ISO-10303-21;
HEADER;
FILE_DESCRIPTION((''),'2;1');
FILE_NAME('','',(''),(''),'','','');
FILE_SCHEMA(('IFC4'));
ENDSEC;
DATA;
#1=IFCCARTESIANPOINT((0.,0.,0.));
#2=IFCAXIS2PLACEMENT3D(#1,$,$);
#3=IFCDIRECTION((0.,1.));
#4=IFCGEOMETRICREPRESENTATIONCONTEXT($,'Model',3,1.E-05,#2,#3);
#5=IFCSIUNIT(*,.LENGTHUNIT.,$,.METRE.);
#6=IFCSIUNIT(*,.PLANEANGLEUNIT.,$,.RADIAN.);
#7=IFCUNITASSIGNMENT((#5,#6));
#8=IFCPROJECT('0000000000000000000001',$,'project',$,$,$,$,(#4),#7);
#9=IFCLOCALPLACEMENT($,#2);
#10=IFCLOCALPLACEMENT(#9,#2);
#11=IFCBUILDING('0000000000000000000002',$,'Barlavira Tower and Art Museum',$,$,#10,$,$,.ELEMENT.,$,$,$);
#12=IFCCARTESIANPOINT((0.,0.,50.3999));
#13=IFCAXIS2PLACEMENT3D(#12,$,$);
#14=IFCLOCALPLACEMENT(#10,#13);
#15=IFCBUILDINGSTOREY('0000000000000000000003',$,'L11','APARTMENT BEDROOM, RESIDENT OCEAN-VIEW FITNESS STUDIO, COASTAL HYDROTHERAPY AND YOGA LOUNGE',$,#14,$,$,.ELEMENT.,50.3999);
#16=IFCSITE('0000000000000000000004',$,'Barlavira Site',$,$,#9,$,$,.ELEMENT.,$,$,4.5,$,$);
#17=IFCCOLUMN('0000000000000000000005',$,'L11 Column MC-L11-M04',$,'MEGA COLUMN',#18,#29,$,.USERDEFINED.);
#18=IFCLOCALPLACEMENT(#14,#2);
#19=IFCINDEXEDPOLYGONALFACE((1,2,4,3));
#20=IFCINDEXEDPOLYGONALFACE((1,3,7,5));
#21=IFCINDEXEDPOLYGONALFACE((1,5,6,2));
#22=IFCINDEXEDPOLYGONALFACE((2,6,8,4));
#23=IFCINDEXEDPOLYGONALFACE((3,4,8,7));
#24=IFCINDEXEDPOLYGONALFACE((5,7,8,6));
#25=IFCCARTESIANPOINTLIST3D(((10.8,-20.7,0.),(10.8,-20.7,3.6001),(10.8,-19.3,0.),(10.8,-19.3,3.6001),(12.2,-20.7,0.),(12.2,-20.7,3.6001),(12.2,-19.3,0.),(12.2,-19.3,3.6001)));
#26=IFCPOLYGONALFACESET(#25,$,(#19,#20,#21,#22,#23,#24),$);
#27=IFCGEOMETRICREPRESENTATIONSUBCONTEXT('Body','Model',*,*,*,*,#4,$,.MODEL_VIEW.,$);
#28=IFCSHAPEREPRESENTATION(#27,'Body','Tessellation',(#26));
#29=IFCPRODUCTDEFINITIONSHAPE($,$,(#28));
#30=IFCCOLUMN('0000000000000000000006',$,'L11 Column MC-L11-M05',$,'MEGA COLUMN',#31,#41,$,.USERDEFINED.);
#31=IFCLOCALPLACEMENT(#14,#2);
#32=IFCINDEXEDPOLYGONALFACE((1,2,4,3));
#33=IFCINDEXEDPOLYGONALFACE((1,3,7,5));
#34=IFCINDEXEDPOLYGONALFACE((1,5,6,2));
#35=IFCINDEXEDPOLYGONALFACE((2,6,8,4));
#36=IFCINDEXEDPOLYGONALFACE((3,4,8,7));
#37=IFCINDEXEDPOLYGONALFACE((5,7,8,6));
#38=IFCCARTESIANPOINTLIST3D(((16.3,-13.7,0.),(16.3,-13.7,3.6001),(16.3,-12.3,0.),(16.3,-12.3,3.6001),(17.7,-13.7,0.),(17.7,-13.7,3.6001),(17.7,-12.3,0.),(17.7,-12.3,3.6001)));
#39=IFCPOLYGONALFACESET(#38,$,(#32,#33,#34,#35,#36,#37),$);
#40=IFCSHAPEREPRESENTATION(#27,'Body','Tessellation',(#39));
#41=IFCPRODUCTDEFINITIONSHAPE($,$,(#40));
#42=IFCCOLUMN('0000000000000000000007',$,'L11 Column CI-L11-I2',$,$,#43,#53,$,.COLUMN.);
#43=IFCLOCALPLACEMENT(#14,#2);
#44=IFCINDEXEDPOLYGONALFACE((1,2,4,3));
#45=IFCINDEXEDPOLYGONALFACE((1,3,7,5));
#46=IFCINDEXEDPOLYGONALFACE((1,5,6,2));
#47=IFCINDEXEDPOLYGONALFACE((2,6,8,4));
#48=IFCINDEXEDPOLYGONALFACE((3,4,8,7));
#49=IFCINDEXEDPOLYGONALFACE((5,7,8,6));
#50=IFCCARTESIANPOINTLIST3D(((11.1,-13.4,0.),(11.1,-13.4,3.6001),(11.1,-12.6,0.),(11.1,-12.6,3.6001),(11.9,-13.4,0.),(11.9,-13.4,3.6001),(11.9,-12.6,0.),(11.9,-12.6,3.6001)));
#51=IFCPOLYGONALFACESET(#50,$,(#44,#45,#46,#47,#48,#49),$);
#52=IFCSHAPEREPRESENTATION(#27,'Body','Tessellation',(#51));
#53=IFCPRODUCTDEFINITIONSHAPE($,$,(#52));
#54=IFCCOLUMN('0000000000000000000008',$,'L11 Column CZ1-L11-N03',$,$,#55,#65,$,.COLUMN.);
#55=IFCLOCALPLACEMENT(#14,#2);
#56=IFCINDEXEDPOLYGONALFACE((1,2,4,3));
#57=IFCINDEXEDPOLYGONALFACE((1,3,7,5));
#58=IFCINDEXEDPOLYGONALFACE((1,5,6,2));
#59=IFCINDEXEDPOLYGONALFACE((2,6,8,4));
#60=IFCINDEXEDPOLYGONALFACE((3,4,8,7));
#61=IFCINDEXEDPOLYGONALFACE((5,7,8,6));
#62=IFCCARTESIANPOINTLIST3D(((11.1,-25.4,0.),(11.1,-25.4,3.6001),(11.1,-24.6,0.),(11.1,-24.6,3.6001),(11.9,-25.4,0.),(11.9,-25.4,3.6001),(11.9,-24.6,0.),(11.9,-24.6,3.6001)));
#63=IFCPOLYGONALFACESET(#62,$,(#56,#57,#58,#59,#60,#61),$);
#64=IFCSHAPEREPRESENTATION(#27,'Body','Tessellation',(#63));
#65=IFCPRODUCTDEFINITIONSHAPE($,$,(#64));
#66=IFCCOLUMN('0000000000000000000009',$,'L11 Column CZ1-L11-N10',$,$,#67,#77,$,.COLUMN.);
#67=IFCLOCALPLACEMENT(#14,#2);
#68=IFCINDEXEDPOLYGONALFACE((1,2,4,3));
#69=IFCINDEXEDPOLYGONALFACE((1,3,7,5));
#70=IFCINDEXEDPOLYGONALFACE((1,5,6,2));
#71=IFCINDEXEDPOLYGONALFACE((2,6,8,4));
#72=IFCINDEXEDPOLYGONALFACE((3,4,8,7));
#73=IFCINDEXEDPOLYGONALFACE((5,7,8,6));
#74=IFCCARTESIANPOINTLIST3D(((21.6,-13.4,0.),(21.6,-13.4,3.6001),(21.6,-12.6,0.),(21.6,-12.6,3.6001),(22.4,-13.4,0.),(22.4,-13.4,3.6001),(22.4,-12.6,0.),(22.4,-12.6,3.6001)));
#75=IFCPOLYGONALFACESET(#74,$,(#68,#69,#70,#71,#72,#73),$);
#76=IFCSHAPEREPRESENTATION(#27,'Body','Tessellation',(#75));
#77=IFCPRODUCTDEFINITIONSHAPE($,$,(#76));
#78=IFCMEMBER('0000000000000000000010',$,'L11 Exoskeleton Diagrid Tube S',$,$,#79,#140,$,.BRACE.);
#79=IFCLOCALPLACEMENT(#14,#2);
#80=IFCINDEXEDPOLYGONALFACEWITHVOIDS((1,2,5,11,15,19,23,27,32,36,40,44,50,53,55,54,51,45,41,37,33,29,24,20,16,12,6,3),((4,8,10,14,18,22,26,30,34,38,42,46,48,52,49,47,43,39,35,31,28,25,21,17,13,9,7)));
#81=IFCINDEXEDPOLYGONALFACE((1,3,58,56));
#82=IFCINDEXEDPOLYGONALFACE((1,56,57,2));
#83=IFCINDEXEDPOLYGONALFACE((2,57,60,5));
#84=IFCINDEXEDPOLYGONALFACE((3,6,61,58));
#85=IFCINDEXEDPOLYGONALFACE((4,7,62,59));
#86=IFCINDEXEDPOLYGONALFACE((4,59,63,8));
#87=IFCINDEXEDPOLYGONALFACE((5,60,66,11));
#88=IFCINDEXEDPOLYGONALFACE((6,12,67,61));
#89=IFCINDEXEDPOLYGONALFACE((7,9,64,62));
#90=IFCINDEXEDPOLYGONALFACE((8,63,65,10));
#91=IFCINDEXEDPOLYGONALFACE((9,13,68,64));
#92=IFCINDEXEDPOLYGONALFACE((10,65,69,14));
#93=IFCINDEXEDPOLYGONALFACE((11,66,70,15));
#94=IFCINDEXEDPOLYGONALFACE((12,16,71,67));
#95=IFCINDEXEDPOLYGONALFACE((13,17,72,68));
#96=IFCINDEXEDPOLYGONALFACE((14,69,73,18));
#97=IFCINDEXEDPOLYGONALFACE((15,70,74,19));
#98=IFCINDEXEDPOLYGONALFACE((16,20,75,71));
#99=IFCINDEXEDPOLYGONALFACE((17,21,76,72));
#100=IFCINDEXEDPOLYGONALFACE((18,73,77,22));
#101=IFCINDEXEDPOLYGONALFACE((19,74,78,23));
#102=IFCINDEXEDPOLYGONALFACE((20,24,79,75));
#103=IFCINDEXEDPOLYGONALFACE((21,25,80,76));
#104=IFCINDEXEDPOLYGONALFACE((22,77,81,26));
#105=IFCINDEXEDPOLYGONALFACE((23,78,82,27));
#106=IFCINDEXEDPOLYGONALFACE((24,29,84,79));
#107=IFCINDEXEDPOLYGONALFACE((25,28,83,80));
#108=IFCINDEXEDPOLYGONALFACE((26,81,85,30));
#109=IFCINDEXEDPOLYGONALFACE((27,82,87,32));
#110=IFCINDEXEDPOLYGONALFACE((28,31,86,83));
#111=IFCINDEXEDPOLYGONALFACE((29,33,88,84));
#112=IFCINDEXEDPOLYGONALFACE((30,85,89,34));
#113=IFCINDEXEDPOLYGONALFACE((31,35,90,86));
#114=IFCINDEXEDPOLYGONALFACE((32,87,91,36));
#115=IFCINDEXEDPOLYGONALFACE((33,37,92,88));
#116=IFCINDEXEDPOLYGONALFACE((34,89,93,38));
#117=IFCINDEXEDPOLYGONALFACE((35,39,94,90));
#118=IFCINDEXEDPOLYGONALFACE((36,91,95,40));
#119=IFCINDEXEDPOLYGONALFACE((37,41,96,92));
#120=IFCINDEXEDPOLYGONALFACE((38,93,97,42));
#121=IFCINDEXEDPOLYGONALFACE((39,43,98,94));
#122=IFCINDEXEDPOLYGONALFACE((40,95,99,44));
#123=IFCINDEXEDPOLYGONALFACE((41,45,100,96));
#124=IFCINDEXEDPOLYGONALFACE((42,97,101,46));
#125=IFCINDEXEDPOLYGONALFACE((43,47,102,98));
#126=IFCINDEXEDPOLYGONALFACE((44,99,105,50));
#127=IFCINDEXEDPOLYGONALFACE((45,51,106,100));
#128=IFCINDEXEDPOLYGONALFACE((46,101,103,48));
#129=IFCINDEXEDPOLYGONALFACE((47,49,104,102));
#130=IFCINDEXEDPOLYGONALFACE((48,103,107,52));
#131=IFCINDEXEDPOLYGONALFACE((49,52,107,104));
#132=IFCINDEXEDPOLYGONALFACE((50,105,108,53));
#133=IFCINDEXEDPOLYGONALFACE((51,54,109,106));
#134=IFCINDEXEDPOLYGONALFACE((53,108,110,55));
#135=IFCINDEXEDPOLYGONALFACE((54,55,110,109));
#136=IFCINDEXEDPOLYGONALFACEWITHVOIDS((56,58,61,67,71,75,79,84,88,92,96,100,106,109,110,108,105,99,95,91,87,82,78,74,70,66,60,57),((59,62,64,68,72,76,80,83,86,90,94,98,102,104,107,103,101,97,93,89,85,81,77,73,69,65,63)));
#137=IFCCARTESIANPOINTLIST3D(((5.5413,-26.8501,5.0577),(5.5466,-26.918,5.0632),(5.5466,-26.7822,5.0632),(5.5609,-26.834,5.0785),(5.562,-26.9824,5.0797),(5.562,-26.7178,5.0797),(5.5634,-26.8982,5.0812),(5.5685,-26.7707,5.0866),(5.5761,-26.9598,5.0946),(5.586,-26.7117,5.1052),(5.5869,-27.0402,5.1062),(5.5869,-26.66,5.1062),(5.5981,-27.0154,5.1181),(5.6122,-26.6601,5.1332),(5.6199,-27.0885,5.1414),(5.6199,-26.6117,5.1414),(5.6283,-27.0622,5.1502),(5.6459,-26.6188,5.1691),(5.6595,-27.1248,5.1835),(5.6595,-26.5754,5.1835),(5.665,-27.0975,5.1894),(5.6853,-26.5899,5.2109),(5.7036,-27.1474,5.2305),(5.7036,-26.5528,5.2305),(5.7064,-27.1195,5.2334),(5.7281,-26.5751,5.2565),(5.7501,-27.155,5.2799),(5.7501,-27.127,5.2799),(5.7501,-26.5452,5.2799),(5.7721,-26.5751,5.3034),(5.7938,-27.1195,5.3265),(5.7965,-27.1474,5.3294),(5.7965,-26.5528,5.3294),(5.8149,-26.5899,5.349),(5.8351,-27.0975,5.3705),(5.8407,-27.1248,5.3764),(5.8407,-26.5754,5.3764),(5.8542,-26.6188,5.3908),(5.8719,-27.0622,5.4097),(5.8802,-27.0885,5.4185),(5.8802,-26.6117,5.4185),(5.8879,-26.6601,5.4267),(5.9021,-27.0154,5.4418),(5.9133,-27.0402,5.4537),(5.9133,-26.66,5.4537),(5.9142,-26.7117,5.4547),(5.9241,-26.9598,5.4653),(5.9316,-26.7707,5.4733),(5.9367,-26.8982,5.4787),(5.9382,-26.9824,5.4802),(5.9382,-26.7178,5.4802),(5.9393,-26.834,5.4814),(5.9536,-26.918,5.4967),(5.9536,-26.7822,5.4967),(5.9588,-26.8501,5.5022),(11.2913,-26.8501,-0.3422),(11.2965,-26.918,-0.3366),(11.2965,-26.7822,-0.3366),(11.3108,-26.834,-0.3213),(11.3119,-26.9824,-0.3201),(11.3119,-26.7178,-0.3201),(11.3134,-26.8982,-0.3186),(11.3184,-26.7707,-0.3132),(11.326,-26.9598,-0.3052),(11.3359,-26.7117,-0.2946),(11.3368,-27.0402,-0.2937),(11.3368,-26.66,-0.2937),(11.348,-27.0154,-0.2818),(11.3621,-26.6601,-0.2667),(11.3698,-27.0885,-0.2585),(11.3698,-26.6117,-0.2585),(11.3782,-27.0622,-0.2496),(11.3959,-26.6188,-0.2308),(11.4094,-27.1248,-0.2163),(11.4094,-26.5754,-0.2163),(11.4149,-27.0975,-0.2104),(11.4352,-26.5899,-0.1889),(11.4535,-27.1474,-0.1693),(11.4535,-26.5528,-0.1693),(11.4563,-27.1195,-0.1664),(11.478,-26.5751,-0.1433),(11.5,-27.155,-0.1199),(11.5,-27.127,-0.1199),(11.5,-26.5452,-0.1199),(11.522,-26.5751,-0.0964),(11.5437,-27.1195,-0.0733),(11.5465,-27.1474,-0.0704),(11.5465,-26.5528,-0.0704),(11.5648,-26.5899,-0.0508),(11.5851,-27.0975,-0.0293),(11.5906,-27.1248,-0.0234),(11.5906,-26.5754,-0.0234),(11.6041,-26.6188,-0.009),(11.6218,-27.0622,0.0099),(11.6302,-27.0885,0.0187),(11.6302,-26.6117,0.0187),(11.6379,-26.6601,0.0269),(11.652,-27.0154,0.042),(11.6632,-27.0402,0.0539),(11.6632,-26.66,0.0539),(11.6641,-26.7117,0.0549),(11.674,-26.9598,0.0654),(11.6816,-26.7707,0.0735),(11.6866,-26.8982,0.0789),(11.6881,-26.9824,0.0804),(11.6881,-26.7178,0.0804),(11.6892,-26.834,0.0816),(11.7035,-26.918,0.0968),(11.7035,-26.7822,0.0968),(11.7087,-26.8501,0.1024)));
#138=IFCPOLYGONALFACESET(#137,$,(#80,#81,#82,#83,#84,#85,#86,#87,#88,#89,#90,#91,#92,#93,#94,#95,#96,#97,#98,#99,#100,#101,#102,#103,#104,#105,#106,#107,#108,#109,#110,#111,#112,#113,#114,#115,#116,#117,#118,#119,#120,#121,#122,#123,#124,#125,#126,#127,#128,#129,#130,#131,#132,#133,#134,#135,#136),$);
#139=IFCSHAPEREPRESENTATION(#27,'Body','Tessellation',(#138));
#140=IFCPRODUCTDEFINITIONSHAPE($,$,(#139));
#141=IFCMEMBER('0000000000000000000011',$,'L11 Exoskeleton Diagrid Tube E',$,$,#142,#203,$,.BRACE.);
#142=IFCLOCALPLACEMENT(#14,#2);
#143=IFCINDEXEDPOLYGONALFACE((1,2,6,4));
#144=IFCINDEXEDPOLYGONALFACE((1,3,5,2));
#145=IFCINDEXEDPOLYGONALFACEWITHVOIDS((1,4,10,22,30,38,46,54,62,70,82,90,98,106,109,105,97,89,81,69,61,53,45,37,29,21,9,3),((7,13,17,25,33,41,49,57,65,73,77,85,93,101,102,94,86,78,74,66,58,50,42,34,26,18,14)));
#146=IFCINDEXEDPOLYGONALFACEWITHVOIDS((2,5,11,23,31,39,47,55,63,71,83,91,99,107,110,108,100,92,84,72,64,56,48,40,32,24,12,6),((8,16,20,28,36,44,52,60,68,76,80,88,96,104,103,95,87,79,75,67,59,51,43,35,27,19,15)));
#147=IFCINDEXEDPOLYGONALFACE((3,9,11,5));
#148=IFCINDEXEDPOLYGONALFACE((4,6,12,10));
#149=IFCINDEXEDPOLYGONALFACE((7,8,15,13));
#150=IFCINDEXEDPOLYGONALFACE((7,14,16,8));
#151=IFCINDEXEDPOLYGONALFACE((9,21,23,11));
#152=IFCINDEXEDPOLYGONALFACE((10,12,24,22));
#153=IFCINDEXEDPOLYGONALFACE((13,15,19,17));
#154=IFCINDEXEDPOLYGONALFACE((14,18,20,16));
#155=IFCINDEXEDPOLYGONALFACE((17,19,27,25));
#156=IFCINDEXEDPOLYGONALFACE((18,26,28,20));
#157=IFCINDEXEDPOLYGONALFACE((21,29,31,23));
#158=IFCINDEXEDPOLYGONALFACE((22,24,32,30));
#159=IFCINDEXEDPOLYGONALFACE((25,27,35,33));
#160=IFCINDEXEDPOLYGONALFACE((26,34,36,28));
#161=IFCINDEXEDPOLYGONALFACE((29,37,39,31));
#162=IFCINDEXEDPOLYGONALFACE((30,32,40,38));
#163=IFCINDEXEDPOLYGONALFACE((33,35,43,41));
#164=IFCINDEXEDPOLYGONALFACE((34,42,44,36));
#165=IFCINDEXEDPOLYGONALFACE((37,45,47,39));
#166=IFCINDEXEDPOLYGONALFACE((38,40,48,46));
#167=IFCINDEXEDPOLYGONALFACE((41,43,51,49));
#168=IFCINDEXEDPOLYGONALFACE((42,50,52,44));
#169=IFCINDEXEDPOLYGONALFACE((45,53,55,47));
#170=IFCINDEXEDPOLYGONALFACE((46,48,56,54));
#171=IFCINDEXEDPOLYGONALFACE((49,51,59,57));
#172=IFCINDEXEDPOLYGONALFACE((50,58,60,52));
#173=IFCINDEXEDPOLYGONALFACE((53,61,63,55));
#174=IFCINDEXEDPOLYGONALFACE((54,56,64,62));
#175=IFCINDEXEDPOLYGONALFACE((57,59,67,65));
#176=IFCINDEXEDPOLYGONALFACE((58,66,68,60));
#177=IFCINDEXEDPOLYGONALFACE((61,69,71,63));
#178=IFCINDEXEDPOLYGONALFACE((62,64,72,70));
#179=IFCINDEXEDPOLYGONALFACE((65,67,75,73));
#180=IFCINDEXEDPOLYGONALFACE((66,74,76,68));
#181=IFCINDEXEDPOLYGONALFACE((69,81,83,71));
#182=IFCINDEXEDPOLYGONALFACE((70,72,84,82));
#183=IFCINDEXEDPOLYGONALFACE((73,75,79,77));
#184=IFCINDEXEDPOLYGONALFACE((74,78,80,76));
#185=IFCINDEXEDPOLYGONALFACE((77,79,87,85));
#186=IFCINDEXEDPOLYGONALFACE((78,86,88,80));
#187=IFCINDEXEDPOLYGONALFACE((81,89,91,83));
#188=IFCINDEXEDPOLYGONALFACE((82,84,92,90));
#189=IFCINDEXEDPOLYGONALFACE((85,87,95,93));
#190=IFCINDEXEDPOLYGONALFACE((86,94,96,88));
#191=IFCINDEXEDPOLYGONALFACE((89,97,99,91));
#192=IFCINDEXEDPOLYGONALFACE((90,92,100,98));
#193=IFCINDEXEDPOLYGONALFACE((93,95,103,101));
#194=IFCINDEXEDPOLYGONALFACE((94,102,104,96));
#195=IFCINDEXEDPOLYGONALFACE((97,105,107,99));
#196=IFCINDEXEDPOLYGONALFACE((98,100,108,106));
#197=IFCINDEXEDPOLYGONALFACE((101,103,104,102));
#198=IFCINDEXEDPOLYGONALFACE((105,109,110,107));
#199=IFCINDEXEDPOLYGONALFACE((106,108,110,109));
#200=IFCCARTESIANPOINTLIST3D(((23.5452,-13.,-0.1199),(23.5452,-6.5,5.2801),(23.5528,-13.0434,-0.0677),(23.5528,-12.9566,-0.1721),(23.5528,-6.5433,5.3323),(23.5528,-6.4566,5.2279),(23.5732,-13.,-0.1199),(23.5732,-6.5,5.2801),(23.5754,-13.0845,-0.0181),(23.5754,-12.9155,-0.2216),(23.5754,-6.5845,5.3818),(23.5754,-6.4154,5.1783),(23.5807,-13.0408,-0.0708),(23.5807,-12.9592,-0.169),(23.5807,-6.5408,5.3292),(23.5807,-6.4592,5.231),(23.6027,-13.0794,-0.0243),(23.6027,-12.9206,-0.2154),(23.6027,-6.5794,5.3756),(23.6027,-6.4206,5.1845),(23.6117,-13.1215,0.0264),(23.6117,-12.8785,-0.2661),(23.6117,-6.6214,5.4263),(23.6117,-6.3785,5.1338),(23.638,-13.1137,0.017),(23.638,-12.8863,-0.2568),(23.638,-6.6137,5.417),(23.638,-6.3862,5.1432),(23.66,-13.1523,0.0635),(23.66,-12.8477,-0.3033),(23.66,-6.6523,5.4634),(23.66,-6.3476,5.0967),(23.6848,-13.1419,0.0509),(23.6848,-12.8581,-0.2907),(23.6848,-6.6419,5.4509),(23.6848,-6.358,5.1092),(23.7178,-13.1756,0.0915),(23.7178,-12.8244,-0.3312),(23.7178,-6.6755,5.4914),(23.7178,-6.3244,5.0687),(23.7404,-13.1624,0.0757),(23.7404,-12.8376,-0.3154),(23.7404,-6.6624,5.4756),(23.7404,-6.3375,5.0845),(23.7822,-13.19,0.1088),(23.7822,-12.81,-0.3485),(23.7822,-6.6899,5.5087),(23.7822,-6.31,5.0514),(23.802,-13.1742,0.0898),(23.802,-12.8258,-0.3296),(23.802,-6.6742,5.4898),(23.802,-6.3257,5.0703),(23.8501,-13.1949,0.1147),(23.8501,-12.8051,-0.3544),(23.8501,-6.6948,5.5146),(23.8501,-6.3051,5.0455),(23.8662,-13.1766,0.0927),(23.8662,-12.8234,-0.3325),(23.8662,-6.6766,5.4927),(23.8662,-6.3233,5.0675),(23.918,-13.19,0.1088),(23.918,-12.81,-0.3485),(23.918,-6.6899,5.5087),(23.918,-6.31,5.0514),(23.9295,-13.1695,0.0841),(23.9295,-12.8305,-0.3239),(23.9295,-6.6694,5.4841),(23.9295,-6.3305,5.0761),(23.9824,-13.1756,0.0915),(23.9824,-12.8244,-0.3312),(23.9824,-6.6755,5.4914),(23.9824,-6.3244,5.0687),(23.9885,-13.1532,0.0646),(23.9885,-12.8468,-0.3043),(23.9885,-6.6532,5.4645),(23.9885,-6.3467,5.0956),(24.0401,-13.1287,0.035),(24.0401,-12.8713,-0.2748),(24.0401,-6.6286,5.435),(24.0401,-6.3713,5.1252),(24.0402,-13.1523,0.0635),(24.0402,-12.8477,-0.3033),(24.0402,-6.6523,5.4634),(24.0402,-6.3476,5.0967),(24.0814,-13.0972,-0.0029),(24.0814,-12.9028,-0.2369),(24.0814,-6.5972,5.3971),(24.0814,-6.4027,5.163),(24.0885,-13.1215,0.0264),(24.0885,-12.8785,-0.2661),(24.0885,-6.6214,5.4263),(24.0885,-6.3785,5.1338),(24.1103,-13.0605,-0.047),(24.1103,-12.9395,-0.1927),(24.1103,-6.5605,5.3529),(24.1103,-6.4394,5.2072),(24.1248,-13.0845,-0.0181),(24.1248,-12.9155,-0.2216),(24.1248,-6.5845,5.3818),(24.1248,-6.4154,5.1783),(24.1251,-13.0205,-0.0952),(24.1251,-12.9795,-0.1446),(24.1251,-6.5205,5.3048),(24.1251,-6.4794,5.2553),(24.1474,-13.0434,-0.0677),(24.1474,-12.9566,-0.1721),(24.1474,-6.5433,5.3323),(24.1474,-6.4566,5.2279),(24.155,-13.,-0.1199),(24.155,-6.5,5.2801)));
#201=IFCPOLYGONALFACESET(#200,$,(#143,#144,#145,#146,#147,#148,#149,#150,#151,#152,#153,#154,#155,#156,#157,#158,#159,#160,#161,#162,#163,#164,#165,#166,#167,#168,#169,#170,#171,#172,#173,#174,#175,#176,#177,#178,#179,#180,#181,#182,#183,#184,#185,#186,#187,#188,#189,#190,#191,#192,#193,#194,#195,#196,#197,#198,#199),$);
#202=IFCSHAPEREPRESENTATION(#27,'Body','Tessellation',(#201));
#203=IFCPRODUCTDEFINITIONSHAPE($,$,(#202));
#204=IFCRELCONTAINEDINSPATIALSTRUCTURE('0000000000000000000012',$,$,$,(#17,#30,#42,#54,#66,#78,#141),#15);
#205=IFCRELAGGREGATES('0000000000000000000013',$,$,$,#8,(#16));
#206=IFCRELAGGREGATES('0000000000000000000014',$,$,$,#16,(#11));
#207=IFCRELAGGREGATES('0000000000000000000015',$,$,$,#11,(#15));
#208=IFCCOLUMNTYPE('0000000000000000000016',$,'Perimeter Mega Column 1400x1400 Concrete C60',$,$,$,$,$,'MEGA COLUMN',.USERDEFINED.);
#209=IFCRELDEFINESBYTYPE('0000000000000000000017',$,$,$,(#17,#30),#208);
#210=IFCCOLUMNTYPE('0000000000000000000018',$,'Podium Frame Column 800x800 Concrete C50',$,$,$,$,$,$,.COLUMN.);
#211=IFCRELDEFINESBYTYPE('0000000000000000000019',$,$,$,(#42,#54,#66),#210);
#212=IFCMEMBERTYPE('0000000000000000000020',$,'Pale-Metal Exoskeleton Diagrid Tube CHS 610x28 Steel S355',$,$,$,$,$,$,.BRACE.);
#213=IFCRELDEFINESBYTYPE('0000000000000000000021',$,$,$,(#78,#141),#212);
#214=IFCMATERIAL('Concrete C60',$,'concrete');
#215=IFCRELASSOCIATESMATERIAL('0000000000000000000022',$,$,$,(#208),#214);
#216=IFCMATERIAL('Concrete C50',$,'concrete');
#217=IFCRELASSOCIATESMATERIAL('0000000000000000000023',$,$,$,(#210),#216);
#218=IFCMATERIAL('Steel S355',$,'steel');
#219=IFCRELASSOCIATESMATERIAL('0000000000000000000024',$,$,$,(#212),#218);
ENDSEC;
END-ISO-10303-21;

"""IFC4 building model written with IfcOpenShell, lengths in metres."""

from ifc_helpers import new_model, si_unit, direction, frame, origin, origin_2d, place, context, subcontext, project, spatial, rectangle, hollow_circle, extrude, material, material_profile, profile_set, type_object, element, save


model = new_model("IFC4")

# Units and contexts
model_context = context("Model", 3, precision=1e-05, world=origin(), true_north=direction((0.0, 1.0)))
body_context = subcontext(model_context, "Body", "Model", "MODEL_VIEW")
ifc_project = project(units=[si_unit("LENGTHUNIT", "METRE"), si_unit("PLANEANGLEUNIT", "RADIAN")], contexts=[model_context])

# Site, building, storey
site_placement = place(None, origin())
site = spatial("IfcSite", under=ifc_project, at=site_placement, Name="Barlavira Site", CompositionType="ELEMENT", RefElevation=4.5)
building_placement = place(site_placement, origin())
building = spatial("IfcBuilding", under=site, at=building_placement, Name="Barlavira Tower and Art Museum", CompositionType="ELEMENT")
storey_placement = place(building_placement, frame((0.0, 0.0, 50.3999)))
storey = spatial("IfcBuildingStorey", under=building, at=storey_placement, Name="L11", Description="APARTMENT BEDROOM, RESIDENT OCEAN-VIEW FITNESS STUDIO, COASTAL HYDROTHERAPY AND YOGA LOUNGE", CompositionType="ELEMENT", Elevation=50.3999)

# Columns
ifc_material_1 = material(Name="Concrete C60", Category="concrete")
ifc_material_profile_1 = material_profile(ifc_material_1, rectangle(XDim=1.3999, YDim=1.3999, at=origin_2d()), Name="RC-MCOL 1400x1400")
ifc_profile_set_1 = profile_set([ifc_material_profile_1], Name="Concrete C60")
column_type_1 = type_object("IfcColumnType", Name="Perimeter Mega Column 1400x1400 Concrete C60", ElementType="MEGA COLUMN", PredefinedType="USERDEFINED", material=ifc_profile_set_1)
for number, where, z_axis, x_axis, name in (
    (1, (11.5, -20.0, 0.0), (0.0, 0.0, 1.0), (1.0, 0.0, 0.0), "L11 Column MC-L11-M04"),
    (2, (17.0, -13.0, 0.0), (0.0, 0.0, 1.0), (1.0, 0.0, 0.0), "L11 Column MC-L11-M05"),
):
    element("IfcColumn", number, at=place(storey_placement, frame(where, z_axis=z_axis, x_axis=x_axis)), inside=storey, type_object=column_type_1, Name=name, ObjectType="MEGA COLUMN", PredefinedType="USERDEFINED", context=body_context, shape_type="SweptSolid", body=[
        extrude(rectangle(XDim=1.3999, YDim=1.3999, at=origin_2d()), origin(), (0.0, 0.0, 1.0), 3.6001),
    ])
ifc_material_2 = material(Name="Concrete C50", Category="concrete")
ifc_material_profile_2 = material_profile(ifc_material_2, rectangle(XDim=0.8, YDim=0.8, at=origin_2d()), Name="RC-COL 800x800")
ifc_profile_set_2 = profile_set([ifc_material_profile_2], Name="Concrete C50")
column_type_2 = type_object("IfcColumnType", Name="Podium Frame Column 800x800 Concrete C50", PredefinedType="COLUMN", material=ifc_profile_set_2)
for number, where, z_axis, x_axis, name in (
    (3, (11.5, -13.0, 0.0), (0.0, 0.0, 1.0), (1.0, 0.0, 0.0), "L11 Column CI-L11-I2"),
    (4, (11.5, -25.0, 0.0), (0.0, 0.0, 1.0), (1.0, 0.0, 0.0), "L11 Column CZ1-L11-N03"),
    (5, (22.0, -13.0, 0.0), (0.0, 0.0, 1.0), (1.0, 0.0, 0.0), "L11 Column CZ1-L11-N10"),
):
    element("IfcColumn", number, at=place(storey_placement, frame(where, z_axis=z_axis, x_axis=x_axis)), inside=storey, type_object=column_type_2, Name=name, PredefinedType="COLUMN", context=body_context, shape_type="SweptSolid", body=[
        extrude(rectangle(XDim=0.8, YDim=0.8, at=origin_2d()), origin(), (0.0, 0.0, 1.0), 3.6001),
    ])

# Members
ifc_material_3 = material(Name="Steel S355", Category="steel")
ifc_material_profile_3 = material_profile(ifc_material_3, hollow_circle(Radius=0.3049, WallThickness=0.0281, at=origin_2d()), Name="CHS 610.0x28.0")
ifc_profile_set_3 = profile_set([ifc_material_profile_3], Name="Steel S355")
member_type_1 = type_object("IfcMemberType", Name="Pale-Metal Exoskeleton Diagrid Tube CHS 610x28 Steel S355", PredefinedType="BRACE", material=ifc_profile_set_3)
member_1_placement = place(storey_placement, frame((11.5, -26.8501, -0.1199), z_axis=(-0.72895, 0.0, 0.684567), x_axis=(0.0, -1.0, 0.0)))
element("IfcMember", 6, at=member_1_placement, inside=storey, type_object=member_type_1, Name="L11 Exoskeleton Diagrid Tube S", PredefinedType="BRACE", context=body_context, shape_type="SweptSolid", body=[
    extrude(hollow_circle(Radius=0.3049, WallThickness=0.0281, at=origin_2d()), origin(), (0.0, 0.0, 1.0), 7.8879),
])
member_2_placement = place(storey_placement, frame((23.8501, -13.0, -0.1199), z_axis=(0.0, 0.769196, 0.639013), x_axis=(-1.0, 0.0, 0.0)))
element("IfcMember", 7, at=member_2_placement, inside=storey, type_object=member_type_1, Name="L11 Exoskeleton Diagrid Tube E", PredefinedType="BRACE", context=body_context, shape_type="SweptSolid", body=[
    extrude(hollow_circle(Radius=0.3049, WallThickness=0.0281, at=origin_2d()), origin(), (0.0, 0.0, 1.0), 8.4504),
])

save(model, "model.ifc")
